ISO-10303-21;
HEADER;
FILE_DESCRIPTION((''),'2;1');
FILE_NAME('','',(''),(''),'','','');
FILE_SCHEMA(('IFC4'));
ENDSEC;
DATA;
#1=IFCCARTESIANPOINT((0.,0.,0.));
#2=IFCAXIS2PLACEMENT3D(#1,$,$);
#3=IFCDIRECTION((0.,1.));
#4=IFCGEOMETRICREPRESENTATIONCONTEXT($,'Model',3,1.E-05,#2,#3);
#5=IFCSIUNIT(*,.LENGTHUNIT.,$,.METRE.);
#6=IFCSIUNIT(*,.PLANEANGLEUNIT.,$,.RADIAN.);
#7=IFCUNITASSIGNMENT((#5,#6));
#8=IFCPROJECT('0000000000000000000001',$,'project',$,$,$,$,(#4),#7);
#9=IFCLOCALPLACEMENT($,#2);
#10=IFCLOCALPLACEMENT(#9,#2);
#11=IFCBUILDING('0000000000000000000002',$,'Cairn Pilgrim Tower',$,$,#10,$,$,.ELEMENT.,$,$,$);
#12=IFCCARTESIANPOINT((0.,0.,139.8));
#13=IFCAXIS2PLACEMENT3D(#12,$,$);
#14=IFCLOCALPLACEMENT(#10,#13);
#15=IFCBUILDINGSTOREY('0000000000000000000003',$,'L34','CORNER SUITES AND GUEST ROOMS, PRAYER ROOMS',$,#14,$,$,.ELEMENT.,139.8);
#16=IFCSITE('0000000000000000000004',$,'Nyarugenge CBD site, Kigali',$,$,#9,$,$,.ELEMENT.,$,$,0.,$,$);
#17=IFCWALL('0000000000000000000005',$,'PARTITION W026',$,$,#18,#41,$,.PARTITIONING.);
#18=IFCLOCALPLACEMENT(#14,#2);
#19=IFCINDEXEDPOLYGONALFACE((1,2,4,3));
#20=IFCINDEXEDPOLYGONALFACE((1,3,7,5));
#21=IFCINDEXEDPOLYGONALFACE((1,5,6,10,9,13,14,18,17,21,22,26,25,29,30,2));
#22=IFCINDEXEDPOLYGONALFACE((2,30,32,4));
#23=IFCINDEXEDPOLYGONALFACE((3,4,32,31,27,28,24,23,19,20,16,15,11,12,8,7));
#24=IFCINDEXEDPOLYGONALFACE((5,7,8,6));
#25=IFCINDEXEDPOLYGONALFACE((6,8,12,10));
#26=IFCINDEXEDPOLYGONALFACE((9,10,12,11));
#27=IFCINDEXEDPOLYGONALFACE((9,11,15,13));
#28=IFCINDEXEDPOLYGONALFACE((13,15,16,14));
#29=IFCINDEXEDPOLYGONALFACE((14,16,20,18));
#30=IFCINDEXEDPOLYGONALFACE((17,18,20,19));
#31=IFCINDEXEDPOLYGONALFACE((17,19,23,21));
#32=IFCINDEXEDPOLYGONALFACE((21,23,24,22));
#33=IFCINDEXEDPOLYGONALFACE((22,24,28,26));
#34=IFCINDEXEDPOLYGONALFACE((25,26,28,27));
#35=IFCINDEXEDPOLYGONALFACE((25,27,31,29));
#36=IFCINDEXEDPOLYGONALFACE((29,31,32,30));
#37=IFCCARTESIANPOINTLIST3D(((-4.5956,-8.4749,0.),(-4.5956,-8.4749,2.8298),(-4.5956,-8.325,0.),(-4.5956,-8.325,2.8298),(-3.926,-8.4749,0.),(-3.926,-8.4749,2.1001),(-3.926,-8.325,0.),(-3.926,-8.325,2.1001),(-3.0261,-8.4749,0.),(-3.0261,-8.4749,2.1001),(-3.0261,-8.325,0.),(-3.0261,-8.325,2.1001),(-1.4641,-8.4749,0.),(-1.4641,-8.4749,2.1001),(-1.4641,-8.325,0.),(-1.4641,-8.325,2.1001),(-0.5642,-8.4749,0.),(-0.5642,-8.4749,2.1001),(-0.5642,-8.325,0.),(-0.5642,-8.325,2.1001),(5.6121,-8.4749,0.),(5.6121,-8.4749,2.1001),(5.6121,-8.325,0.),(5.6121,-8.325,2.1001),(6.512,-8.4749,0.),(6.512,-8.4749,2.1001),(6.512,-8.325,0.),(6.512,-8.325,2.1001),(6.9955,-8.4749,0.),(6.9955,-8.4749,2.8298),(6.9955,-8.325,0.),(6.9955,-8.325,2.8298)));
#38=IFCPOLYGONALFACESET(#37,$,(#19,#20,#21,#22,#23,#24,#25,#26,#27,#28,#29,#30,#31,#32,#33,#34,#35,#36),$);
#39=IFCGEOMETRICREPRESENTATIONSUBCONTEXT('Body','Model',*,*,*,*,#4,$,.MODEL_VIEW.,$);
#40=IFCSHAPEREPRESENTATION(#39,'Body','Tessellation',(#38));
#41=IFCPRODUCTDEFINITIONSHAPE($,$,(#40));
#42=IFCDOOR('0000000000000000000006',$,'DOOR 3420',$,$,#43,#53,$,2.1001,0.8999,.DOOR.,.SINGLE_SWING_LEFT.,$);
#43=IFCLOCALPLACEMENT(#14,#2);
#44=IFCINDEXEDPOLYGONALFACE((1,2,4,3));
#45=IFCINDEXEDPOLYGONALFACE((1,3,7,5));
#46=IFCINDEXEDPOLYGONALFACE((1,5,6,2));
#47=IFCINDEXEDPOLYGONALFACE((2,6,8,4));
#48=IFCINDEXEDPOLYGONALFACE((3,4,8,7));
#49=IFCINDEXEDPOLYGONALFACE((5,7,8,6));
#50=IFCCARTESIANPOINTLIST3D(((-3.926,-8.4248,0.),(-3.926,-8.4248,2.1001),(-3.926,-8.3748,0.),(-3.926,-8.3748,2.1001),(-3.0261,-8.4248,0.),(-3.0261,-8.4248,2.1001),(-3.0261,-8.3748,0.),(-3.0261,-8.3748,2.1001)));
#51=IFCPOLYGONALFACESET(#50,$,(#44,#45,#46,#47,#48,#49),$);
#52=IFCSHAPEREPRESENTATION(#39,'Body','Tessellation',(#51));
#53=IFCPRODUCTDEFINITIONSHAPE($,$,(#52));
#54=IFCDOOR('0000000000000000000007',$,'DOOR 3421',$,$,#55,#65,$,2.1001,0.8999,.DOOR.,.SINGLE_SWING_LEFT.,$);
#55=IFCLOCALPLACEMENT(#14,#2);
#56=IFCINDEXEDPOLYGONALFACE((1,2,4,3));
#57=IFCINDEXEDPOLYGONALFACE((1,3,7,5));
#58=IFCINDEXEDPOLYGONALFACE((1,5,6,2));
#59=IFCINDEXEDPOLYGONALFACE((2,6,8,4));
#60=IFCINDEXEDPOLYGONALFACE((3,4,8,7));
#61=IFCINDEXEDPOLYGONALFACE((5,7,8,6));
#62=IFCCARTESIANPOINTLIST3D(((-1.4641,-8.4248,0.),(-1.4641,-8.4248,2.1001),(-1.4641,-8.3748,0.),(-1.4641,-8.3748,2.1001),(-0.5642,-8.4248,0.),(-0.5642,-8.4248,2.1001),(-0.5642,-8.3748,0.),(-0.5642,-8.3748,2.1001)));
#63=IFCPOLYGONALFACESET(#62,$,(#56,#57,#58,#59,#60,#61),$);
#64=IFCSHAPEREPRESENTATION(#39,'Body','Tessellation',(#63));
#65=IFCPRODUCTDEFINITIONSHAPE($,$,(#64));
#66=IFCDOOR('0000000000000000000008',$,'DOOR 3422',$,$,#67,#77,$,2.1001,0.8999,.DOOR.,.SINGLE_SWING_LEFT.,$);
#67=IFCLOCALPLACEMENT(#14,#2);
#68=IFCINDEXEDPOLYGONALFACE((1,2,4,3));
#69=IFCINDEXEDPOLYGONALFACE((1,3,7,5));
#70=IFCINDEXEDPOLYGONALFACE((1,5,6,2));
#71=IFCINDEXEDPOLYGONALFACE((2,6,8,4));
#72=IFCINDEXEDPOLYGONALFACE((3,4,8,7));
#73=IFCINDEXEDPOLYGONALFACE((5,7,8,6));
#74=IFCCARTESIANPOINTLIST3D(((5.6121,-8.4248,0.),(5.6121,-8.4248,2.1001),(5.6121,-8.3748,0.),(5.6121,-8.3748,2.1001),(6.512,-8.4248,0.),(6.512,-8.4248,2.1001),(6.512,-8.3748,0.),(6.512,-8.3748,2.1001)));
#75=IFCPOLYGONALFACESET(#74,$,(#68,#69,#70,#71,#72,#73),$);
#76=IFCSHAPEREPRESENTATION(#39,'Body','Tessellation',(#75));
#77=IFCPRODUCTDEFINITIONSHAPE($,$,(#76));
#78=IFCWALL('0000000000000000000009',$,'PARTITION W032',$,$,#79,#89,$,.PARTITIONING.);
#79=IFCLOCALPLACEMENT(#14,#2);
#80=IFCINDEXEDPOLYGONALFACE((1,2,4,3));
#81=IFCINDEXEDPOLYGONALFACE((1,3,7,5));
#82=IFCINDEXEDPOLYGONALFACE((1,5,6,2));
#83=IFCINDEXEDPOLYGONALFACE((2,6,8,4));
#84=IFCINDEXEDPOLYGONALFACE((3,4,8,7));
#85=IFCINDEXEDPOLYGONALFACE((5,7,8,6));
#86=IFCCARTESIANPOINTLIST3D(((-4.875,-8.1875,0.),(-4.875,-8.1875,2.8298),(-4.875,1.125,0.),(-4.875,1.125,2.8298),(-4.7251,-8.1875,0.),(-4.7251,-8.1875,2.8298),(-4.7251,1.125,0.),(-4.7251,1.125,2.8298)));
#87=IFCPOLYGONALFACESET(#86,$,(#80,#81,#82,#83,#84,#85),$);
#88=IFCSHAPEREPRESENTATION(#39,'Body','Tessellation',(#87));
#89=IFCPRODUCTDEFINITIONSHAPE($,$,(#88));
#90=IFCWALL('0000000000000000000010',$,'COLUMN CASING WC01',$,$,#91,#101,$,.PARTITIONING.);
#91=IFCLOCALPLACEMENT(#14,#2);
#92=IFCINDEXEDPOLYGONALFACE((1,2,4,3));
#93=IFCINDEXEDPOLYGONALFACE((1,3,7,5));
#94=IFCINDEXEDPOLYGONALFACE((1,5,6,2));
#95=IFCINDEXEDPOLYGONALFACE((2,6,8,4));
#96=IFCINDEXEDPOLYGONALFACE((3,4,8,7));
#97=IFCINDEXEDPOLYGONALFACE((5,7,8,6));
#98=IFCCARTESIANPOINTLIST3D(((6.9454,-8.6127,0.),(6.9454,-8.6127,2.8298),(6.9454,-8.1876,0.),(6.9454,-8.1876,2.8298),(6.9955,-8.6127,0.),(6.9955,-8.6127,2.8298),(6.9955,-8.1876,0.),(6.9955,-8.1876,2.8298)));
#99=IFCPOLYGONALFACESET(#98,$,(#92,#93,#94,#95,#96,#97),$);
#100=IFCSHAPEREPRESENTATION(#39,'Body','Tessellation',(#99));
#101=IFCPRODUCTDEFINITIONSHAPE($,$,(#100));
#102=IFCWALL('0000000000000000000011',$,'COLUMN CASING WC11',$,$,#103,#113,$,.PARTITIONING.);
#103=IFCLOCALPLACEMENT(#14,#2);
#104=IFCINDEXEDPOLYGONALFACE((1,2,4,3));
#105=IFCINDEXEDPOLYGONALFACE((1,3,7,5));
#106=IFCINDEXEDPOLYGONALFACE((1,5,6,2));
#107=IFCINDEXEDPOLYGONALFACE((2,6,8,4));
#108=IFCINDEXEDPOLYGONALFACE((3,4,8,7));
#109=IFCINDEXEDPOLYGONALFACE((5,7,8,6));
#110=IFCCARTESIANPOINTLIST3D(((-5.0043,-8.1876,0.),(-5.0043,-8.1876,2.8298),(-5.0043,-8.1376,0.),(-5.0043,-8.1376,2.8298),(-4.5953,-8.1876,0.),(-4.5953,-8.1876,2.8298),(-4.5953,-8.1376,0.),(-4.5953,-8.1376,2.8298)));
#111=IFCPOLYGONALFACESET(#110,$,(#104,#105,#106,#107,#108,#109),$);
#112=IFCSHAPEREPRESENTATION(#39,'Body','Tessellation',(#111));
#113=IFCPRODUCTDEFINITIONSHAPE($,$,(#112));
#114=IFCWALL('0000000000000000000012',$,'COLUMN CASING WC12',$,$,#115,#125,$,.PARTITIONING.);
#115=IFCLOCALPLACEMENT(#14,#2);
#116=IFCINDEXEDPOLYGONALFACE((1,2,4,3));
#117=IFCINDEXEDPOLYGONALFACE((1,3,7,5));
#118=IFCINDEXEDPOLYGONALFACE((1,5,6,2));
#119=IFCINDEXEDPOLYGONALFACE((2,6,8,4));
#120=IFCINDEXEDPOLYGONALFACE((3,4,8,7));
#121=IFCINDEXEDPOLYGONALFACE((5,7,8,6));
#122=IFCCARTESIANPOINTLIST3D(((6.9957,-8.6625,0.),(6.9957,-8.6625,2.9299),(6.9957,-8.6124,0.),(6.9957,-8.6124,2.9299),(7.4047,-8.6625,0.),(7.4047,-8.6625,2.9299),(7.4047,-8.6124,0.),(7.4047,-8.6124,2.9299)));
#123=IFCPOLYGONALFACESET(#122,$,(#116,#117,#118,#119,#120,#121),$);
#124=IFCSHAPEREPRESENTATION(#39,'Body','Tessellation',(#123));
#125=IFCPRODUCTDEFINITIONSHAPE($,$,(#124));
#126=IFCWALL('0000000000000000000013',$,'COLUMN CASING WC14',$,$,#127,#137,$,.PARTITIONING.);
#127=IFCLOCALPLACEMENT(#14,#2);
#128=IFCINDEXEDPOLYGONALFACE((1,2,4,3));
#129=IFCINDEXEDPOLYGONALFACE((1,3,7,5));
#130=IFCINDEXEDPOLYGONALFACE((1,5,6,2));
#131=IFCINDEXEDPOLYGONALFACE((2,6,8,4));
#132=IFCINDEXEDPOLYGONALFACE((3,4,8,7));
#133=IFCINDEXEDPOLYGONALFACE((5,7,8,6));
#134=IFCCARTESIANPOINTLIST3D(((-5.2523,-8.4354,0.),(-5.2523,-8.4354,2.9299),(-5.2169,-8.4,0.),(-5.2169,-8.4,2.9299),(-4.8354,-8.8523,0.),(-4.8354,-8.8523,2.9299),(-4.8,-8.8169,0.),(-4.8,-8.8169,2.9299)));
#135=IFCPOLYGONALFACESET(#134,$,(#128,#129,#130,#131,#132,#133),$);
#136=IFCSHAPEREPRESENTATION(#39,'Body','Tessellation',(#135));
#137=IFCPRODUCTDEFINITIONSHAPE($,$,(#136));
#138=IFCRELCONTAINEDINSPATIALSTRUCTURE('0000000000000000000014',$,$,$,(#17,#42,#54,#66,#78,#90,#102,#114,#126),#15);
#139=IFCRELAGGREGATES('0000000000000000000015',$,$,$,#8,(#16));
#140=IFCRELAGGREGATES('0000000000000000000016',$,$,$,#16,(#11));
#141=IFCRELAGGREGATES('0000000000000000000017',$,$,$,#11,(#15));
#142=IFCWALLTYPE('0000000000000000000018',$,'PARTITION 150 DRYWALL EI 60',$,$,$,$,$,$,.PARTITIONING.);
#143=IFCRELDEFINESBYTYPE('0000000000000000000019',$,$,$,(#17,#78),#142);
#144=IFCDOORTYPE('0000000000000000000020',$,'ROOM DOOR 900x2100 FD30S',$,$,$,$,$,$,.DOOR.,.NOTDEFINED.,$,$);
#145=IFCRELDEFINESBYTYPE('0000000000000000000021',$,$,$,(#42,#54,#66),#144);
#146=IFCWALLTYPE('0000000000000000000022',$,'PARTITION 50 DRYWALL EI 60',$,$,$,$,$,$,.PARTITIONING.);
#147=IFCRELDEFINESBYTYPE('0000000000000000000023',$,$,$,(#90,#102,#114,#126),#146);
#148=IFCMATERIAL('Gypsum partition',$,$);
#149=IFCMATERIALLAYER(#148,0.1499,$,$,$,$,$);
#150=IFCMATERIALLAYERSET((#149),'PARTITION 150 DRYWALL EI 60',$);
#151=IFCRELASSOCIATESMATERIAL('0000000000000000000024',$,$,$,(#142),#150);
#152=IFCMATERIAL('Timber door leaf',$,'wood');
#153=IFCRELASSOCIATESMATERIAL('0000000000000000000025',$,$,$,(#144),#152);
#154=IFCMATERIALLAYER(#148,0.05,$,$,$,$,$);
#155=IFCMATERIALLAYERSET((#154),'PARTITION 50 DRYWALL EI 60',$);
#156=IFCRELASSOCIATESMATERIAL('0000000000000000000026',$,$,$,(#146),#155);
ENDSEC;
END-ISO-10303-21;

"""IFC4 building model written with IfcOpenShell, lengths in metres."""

from ifc_helpers import new_model, si_unit, direction, frame, frame_2d, origin, place, context, subcontext, project, spatial, rectangle, extrude, material, layer, layer_set, type_object, element, fill, save


model = new_model("IFC4")

# Units and contexts
model_context = context("Model", 3, precision=1e-05, world=origin(), true_north=direction((0.0, 1.0)))
body_context = subcontext(model_context, "Body", "Model", "MODEL_VIEW")
ifc_project = project(units=[si_unit("LENGTHUNIT", "METRE"), si_unit("PLANEANGLEUNIT", "RADIAN")], contexts=[model_context])

# Site, building, storey
site_placement = place(None, origin())
site = spatial("IfcSite", under=ifc_project, at=site_placement, Name="Nyarugenge CBD site, Kigali", CompositionType="ELEMENT", RefElevation=0.0)
building_placement = place(site_placement, origin())
building = spatial("IfcBuilding", under=site, at=building_placement, Name="Cairn Pilgrim Tower", CompositionType="ELEMENT")
storey_placement = place(building_placement, frame((0.0, 0.0, 139.8)))
storey = spatial("IfcBuildingStorey", under=building, at=storey_placement, Name="L34", Description="CORNER SUITES AND GUEST ROOMS, PRAYER ROOMS", CompositionType="ELEMENT", Elevation=139.8)

# Shared definitions
ifc_material_1 = material(Name="Gypsum partition")
ifc_material_2 = material(Name="Timber door leaf", Category="wood")

# Wall, openings, doors
ifc_layer_1 = layer(ifc_material_1, 0.1499)
ifc_layer_set_1 = layer_set([ifc_layer_1], Name="PARTITION 150 DRYWALL EI 60")
wall_type_1 = type_object("IfcWallType", Name="PARTITION 150 DRYWALL EI 60", PredefinedType="PARTITIONING", material=ifc_layer_set_1)
wall_1_placement = place(storey_placement, frame((-4.5955, -8.3999, 0.0), z_axis=(0.0, 0.0, 1.0), x_axis=(1.0, 0.0, 0.0)))
wall_1 = element("IfcWall", 1, at=wall_1_placement, inside=storey, type_object=wall_type_1, Name="PARTITION W026", PredefinedType="PARTITIONING", context=body_context, shape_type="SweptSolid", body=[
    extrude(rectangle(XDim=11.5911, YDim=0.1499, at=frame_2d((5.7954, 0.0))), origin(), (0.0, 0.0, 1.0), 2.8298),
])
opening_1_placement = place(wall_1_placement, frame((0.6694, 0.0, 0.0)))
opening_1 = element("IfcOpeningElement", 2, at=opening_1_placement, cuts=wall_1, PredefinedType="OPENING", context=body_context, shape_type="SweptSolid", body=[
    extrude(rectangle(XDim=0.8999, YDim=2.1001, at=frame_2d((0.45, 1.05))), frame((0.0, 0.085, 0.0), z_axis=(0.0, -1.0, 0.0), x_axis=(1.0, 0.0, 0.0)), (0.0, 0.0, 1.0), 0.1699),
])
opening_2_placement = place(wall_1_placement, frame((3.1313, 0.0, 0.0)))
opening_2 = element("IfcOpeningElement", 3, at=opening_2_placement, cuts=wall_1, PredefinedType="OPENING", context=body_context, shape_type="SweptSolid", body=[
    extrude(rectangle(XDim=0.8999, YDim=2.1001, at=frame_2d((0.45, 1.05))), frame((0.0, 0.085, 0.0), z_axis=(0.0, -1.0, 0.0), x_axis=(1.0, 0.0, 0.0)), (0.0, 0.0, 1.0), 0.1699),
])
opening_3_placement = place(wall_1_placement, frame((10.2075, 0.0, 0.0)))
opening_3 = element("IfcOpeningElement", 4, at=opening_3_placement, cuts=wall_1, PredefinedType="OPENING", context=body_context, shape_type="SweptSolid", body=[
    extrude(rectangle(XDim=0.8999, YDim=2.1001, at=frame_2d((0.45, 1.05))), frame((0.0, 0.085, 0.0), z_axis=(0.0, -1.0, 0.0), x_axis=(1.0, 0.0, 0.0)), (0.0, 0.0, 1.0), 0.1699),
])
door_type_1 = type_object("IfcDoorType", Name="ROOM DOOR 900x2100 FD30S", OperationType="NOTDEFINED", PredefinedType="DOOR", material=ifc_material_2)
door_1_placement = place(opening_1_placement, frame((0.8999, 0.0, 0.0), z_axis=(0.0, 0.0, 1.0), x_axis=(-1.0, 0.0, 0.0)))
door_1 = element("IfcDoor", 5, at=door_1_placement, inside=storey, type_object=door_type_1, Name="DOOR 3420", OperationType="SINGLE_SWING_LEFT", OverallHeight=2.1001, OverallWidth=0.8999, PredefinedType="DOOR", context=body_context, shape_type="SweptSolid", body=[
    extrude(rectangle(XDim=0.8999, YDim=2.1001, at=frame_2d((0.45, 1.05))), frame((0.0, 0.0249, 0.0), z_axis=(0.0, -1.0, 0.0), x_axis=(1.0, 0.0, 0.0)), (0.0, 0.0, 1.0), 0.05),
])
fill(opening_1, door_1)
door_2_placement = place(opening_2_placement, frame((0.8999, 0.0, 0.0), z_axis=(0.0, 0.0, 1.0), x_axis=(-1.0, 0.0, 0.0)))
door_2 = element("IfcDoor", 6, at=door_2_placement, inside=storey, type_object=door_type_1, Name="DOOR 3421", OperationType="SINGLE_SWING_LEFT", OverallHeight=2.1001, OverallWidth=0.8999, PredefinedType="DOOR", context=body_context, shape_type="SweptSolid", body=[
    extrude(rectangle(XDim=0.8999, YDim=2.1001, at=frame_2d((0.45, 1.05))), frame((0.0, 0.0249, 0.0), z_axis=(0.0, -1.0, 0.0), x_axis=(1.0, 0.0, 0.0)), (0.0, 0.0, 1.0), 0.05),
])
fill(opening_2, door_2)
door_3_placement = place(opening_3_placement, frame((0.8999, 0.0, 0.0), z_axis=(0.0, 0.0, 1.0), x_axis=(-1.0, 0.0, 0.0)))
door_3 = element("IfcDoor", 7, at=door_3_placement, inside=storey, type_object=door_type_1, Name="DOOR 3422", OperationType="SINGLE_SWING_LEFT", OverallHeight=2.1001, OverallWidth=0.8999, PredefinedType="DOOR", context=body_context, shape_type="SweptSolid", body=[
    extrude(rectangle(XDim=0.8999, YDim=2.1001, at=frame_2d((0.45, 1.05))), frame((0.0, 0.0249, 0.0), z_axis=(0.0, -1.0, 0.0), x_axis=(1.0, 0.0, 0.0)), (0.0, 0.0, 1.0), 0.05),
])
fill(opening_3, door_3)

# Walls
wall_2_placement = place(storey_placement, frame((-4.8, -8.1875, 0.0), z_axis=(0.0, 0.0, 1.0), x_axis=(0.0, 1.0, 0.0)))
element("IfcWall", 8, at=wall_2_placement, inside=storey, type_object=wall_type_1, Name="PARTITION W032", PredefinedType="PARTITIONING", context=body_context, shape_type="SweptSolid", body=[
    extrude(rectangle(XDim=9.3125, YDim=0.1499, at=frame_2d((4.6562, 0.0))), origin(), (0.0, 0.0, 1.0), 2.8298),
])
ifc_layer_2 = layer(ifc_material_1, 0.05)
ifc_layer_set_2 = layer_set([ifc_layer_2], Name="PARTITION 50 DRYWALL EI 60")
wall_type_2 = type_object("IfcWallType", Name="PARTITION 50 DRYWALL EI 60", PredefinedType="PARTITIONING", material=ifc_layer_set_2)
wall_3_placement = place(storey_placement, frame((6.9705, -8.6125, 0.0), z_axis=(0.0, 0.0, 1.0), x_axis=(0.0, 1.0, 0.0)))
element("IfcWall", 9, at=wall_3_placement, inside=storey, type_object=wall_type_2, Name="COLUMN CASING WC01", PredefinedType="PARTITIONING", context=body_context, shape_type="SweptSolid", body=[
    extrude(rectangle(XDim=0.425, YDim=0.05, at=frame_2d((0.2124, 0.0))), origin(), (0.0, 0.0, 1.0), 2.8298),
])
wall_4_placement = place(storey_placement, frame((-5.0044, -8.1626, 0.0), z_axis=(0.0, 0.0, 1.0), x_axis=(1.0, 0.0, 0.0)))
element("IfcWall", 10, at=wall_4_placement, inside=storey, type_object=wall_type_2, Name="COLUMN CASING WC11", PredefinedType="PARTITIONING", context=body_context, shape_type="SweptSolid", body=[
    extrude(rectangle(XDim=0.4089, YDim=0.05, at=frame_2d((0.2046, 0.0))), origin(), (0.0, 0.0, 1.0), 2.8298),
])
wall_5_placement = place(storey_placement, frame((6.9956, -8.6375, 0.0), z_axis=(0.0, 0.0, 1.0), x_axis=(1.0, 0.0, 0.0)))
element("IfcWall", 11, at=wall_5_placement, inside=storey, type_object=wall_type_2, Name="COLUMN CASING WC12", PredefinedType="PARTITIONING", context=body_context, shape_type="SweptSolid", body=[
    extrude(rectangle(XDim=0.4089, YDim=0.05, at=frame_2d((0.2046, 0.0))), origin(), (0.0, 0.0, 1.0), 2.9299),
])
wall_6_placement = place(storey_placement, frame((-4.8176, -8.8347, 0.0), z_axis=(0.0, 0.0, 1.0), x_axis=(-0.707107, 0.707107, 0.0)))
element("IfcWall", 12, at=wall_6_placement, inside=storey, type_object=wall_type_2, Name="COLUMN CASING WC14", PredefinedType="PARTITIONING", context=body_context, shape_type="SweptSolid", body=[
    extrude(rectangle(XDim=0.5896, YDim=0.05, at=frame_2d((0.2949, 0.0))), origin(), (0.0, 0.0, 1.0), 2.9299),
])

save(model, "model.ifc")
